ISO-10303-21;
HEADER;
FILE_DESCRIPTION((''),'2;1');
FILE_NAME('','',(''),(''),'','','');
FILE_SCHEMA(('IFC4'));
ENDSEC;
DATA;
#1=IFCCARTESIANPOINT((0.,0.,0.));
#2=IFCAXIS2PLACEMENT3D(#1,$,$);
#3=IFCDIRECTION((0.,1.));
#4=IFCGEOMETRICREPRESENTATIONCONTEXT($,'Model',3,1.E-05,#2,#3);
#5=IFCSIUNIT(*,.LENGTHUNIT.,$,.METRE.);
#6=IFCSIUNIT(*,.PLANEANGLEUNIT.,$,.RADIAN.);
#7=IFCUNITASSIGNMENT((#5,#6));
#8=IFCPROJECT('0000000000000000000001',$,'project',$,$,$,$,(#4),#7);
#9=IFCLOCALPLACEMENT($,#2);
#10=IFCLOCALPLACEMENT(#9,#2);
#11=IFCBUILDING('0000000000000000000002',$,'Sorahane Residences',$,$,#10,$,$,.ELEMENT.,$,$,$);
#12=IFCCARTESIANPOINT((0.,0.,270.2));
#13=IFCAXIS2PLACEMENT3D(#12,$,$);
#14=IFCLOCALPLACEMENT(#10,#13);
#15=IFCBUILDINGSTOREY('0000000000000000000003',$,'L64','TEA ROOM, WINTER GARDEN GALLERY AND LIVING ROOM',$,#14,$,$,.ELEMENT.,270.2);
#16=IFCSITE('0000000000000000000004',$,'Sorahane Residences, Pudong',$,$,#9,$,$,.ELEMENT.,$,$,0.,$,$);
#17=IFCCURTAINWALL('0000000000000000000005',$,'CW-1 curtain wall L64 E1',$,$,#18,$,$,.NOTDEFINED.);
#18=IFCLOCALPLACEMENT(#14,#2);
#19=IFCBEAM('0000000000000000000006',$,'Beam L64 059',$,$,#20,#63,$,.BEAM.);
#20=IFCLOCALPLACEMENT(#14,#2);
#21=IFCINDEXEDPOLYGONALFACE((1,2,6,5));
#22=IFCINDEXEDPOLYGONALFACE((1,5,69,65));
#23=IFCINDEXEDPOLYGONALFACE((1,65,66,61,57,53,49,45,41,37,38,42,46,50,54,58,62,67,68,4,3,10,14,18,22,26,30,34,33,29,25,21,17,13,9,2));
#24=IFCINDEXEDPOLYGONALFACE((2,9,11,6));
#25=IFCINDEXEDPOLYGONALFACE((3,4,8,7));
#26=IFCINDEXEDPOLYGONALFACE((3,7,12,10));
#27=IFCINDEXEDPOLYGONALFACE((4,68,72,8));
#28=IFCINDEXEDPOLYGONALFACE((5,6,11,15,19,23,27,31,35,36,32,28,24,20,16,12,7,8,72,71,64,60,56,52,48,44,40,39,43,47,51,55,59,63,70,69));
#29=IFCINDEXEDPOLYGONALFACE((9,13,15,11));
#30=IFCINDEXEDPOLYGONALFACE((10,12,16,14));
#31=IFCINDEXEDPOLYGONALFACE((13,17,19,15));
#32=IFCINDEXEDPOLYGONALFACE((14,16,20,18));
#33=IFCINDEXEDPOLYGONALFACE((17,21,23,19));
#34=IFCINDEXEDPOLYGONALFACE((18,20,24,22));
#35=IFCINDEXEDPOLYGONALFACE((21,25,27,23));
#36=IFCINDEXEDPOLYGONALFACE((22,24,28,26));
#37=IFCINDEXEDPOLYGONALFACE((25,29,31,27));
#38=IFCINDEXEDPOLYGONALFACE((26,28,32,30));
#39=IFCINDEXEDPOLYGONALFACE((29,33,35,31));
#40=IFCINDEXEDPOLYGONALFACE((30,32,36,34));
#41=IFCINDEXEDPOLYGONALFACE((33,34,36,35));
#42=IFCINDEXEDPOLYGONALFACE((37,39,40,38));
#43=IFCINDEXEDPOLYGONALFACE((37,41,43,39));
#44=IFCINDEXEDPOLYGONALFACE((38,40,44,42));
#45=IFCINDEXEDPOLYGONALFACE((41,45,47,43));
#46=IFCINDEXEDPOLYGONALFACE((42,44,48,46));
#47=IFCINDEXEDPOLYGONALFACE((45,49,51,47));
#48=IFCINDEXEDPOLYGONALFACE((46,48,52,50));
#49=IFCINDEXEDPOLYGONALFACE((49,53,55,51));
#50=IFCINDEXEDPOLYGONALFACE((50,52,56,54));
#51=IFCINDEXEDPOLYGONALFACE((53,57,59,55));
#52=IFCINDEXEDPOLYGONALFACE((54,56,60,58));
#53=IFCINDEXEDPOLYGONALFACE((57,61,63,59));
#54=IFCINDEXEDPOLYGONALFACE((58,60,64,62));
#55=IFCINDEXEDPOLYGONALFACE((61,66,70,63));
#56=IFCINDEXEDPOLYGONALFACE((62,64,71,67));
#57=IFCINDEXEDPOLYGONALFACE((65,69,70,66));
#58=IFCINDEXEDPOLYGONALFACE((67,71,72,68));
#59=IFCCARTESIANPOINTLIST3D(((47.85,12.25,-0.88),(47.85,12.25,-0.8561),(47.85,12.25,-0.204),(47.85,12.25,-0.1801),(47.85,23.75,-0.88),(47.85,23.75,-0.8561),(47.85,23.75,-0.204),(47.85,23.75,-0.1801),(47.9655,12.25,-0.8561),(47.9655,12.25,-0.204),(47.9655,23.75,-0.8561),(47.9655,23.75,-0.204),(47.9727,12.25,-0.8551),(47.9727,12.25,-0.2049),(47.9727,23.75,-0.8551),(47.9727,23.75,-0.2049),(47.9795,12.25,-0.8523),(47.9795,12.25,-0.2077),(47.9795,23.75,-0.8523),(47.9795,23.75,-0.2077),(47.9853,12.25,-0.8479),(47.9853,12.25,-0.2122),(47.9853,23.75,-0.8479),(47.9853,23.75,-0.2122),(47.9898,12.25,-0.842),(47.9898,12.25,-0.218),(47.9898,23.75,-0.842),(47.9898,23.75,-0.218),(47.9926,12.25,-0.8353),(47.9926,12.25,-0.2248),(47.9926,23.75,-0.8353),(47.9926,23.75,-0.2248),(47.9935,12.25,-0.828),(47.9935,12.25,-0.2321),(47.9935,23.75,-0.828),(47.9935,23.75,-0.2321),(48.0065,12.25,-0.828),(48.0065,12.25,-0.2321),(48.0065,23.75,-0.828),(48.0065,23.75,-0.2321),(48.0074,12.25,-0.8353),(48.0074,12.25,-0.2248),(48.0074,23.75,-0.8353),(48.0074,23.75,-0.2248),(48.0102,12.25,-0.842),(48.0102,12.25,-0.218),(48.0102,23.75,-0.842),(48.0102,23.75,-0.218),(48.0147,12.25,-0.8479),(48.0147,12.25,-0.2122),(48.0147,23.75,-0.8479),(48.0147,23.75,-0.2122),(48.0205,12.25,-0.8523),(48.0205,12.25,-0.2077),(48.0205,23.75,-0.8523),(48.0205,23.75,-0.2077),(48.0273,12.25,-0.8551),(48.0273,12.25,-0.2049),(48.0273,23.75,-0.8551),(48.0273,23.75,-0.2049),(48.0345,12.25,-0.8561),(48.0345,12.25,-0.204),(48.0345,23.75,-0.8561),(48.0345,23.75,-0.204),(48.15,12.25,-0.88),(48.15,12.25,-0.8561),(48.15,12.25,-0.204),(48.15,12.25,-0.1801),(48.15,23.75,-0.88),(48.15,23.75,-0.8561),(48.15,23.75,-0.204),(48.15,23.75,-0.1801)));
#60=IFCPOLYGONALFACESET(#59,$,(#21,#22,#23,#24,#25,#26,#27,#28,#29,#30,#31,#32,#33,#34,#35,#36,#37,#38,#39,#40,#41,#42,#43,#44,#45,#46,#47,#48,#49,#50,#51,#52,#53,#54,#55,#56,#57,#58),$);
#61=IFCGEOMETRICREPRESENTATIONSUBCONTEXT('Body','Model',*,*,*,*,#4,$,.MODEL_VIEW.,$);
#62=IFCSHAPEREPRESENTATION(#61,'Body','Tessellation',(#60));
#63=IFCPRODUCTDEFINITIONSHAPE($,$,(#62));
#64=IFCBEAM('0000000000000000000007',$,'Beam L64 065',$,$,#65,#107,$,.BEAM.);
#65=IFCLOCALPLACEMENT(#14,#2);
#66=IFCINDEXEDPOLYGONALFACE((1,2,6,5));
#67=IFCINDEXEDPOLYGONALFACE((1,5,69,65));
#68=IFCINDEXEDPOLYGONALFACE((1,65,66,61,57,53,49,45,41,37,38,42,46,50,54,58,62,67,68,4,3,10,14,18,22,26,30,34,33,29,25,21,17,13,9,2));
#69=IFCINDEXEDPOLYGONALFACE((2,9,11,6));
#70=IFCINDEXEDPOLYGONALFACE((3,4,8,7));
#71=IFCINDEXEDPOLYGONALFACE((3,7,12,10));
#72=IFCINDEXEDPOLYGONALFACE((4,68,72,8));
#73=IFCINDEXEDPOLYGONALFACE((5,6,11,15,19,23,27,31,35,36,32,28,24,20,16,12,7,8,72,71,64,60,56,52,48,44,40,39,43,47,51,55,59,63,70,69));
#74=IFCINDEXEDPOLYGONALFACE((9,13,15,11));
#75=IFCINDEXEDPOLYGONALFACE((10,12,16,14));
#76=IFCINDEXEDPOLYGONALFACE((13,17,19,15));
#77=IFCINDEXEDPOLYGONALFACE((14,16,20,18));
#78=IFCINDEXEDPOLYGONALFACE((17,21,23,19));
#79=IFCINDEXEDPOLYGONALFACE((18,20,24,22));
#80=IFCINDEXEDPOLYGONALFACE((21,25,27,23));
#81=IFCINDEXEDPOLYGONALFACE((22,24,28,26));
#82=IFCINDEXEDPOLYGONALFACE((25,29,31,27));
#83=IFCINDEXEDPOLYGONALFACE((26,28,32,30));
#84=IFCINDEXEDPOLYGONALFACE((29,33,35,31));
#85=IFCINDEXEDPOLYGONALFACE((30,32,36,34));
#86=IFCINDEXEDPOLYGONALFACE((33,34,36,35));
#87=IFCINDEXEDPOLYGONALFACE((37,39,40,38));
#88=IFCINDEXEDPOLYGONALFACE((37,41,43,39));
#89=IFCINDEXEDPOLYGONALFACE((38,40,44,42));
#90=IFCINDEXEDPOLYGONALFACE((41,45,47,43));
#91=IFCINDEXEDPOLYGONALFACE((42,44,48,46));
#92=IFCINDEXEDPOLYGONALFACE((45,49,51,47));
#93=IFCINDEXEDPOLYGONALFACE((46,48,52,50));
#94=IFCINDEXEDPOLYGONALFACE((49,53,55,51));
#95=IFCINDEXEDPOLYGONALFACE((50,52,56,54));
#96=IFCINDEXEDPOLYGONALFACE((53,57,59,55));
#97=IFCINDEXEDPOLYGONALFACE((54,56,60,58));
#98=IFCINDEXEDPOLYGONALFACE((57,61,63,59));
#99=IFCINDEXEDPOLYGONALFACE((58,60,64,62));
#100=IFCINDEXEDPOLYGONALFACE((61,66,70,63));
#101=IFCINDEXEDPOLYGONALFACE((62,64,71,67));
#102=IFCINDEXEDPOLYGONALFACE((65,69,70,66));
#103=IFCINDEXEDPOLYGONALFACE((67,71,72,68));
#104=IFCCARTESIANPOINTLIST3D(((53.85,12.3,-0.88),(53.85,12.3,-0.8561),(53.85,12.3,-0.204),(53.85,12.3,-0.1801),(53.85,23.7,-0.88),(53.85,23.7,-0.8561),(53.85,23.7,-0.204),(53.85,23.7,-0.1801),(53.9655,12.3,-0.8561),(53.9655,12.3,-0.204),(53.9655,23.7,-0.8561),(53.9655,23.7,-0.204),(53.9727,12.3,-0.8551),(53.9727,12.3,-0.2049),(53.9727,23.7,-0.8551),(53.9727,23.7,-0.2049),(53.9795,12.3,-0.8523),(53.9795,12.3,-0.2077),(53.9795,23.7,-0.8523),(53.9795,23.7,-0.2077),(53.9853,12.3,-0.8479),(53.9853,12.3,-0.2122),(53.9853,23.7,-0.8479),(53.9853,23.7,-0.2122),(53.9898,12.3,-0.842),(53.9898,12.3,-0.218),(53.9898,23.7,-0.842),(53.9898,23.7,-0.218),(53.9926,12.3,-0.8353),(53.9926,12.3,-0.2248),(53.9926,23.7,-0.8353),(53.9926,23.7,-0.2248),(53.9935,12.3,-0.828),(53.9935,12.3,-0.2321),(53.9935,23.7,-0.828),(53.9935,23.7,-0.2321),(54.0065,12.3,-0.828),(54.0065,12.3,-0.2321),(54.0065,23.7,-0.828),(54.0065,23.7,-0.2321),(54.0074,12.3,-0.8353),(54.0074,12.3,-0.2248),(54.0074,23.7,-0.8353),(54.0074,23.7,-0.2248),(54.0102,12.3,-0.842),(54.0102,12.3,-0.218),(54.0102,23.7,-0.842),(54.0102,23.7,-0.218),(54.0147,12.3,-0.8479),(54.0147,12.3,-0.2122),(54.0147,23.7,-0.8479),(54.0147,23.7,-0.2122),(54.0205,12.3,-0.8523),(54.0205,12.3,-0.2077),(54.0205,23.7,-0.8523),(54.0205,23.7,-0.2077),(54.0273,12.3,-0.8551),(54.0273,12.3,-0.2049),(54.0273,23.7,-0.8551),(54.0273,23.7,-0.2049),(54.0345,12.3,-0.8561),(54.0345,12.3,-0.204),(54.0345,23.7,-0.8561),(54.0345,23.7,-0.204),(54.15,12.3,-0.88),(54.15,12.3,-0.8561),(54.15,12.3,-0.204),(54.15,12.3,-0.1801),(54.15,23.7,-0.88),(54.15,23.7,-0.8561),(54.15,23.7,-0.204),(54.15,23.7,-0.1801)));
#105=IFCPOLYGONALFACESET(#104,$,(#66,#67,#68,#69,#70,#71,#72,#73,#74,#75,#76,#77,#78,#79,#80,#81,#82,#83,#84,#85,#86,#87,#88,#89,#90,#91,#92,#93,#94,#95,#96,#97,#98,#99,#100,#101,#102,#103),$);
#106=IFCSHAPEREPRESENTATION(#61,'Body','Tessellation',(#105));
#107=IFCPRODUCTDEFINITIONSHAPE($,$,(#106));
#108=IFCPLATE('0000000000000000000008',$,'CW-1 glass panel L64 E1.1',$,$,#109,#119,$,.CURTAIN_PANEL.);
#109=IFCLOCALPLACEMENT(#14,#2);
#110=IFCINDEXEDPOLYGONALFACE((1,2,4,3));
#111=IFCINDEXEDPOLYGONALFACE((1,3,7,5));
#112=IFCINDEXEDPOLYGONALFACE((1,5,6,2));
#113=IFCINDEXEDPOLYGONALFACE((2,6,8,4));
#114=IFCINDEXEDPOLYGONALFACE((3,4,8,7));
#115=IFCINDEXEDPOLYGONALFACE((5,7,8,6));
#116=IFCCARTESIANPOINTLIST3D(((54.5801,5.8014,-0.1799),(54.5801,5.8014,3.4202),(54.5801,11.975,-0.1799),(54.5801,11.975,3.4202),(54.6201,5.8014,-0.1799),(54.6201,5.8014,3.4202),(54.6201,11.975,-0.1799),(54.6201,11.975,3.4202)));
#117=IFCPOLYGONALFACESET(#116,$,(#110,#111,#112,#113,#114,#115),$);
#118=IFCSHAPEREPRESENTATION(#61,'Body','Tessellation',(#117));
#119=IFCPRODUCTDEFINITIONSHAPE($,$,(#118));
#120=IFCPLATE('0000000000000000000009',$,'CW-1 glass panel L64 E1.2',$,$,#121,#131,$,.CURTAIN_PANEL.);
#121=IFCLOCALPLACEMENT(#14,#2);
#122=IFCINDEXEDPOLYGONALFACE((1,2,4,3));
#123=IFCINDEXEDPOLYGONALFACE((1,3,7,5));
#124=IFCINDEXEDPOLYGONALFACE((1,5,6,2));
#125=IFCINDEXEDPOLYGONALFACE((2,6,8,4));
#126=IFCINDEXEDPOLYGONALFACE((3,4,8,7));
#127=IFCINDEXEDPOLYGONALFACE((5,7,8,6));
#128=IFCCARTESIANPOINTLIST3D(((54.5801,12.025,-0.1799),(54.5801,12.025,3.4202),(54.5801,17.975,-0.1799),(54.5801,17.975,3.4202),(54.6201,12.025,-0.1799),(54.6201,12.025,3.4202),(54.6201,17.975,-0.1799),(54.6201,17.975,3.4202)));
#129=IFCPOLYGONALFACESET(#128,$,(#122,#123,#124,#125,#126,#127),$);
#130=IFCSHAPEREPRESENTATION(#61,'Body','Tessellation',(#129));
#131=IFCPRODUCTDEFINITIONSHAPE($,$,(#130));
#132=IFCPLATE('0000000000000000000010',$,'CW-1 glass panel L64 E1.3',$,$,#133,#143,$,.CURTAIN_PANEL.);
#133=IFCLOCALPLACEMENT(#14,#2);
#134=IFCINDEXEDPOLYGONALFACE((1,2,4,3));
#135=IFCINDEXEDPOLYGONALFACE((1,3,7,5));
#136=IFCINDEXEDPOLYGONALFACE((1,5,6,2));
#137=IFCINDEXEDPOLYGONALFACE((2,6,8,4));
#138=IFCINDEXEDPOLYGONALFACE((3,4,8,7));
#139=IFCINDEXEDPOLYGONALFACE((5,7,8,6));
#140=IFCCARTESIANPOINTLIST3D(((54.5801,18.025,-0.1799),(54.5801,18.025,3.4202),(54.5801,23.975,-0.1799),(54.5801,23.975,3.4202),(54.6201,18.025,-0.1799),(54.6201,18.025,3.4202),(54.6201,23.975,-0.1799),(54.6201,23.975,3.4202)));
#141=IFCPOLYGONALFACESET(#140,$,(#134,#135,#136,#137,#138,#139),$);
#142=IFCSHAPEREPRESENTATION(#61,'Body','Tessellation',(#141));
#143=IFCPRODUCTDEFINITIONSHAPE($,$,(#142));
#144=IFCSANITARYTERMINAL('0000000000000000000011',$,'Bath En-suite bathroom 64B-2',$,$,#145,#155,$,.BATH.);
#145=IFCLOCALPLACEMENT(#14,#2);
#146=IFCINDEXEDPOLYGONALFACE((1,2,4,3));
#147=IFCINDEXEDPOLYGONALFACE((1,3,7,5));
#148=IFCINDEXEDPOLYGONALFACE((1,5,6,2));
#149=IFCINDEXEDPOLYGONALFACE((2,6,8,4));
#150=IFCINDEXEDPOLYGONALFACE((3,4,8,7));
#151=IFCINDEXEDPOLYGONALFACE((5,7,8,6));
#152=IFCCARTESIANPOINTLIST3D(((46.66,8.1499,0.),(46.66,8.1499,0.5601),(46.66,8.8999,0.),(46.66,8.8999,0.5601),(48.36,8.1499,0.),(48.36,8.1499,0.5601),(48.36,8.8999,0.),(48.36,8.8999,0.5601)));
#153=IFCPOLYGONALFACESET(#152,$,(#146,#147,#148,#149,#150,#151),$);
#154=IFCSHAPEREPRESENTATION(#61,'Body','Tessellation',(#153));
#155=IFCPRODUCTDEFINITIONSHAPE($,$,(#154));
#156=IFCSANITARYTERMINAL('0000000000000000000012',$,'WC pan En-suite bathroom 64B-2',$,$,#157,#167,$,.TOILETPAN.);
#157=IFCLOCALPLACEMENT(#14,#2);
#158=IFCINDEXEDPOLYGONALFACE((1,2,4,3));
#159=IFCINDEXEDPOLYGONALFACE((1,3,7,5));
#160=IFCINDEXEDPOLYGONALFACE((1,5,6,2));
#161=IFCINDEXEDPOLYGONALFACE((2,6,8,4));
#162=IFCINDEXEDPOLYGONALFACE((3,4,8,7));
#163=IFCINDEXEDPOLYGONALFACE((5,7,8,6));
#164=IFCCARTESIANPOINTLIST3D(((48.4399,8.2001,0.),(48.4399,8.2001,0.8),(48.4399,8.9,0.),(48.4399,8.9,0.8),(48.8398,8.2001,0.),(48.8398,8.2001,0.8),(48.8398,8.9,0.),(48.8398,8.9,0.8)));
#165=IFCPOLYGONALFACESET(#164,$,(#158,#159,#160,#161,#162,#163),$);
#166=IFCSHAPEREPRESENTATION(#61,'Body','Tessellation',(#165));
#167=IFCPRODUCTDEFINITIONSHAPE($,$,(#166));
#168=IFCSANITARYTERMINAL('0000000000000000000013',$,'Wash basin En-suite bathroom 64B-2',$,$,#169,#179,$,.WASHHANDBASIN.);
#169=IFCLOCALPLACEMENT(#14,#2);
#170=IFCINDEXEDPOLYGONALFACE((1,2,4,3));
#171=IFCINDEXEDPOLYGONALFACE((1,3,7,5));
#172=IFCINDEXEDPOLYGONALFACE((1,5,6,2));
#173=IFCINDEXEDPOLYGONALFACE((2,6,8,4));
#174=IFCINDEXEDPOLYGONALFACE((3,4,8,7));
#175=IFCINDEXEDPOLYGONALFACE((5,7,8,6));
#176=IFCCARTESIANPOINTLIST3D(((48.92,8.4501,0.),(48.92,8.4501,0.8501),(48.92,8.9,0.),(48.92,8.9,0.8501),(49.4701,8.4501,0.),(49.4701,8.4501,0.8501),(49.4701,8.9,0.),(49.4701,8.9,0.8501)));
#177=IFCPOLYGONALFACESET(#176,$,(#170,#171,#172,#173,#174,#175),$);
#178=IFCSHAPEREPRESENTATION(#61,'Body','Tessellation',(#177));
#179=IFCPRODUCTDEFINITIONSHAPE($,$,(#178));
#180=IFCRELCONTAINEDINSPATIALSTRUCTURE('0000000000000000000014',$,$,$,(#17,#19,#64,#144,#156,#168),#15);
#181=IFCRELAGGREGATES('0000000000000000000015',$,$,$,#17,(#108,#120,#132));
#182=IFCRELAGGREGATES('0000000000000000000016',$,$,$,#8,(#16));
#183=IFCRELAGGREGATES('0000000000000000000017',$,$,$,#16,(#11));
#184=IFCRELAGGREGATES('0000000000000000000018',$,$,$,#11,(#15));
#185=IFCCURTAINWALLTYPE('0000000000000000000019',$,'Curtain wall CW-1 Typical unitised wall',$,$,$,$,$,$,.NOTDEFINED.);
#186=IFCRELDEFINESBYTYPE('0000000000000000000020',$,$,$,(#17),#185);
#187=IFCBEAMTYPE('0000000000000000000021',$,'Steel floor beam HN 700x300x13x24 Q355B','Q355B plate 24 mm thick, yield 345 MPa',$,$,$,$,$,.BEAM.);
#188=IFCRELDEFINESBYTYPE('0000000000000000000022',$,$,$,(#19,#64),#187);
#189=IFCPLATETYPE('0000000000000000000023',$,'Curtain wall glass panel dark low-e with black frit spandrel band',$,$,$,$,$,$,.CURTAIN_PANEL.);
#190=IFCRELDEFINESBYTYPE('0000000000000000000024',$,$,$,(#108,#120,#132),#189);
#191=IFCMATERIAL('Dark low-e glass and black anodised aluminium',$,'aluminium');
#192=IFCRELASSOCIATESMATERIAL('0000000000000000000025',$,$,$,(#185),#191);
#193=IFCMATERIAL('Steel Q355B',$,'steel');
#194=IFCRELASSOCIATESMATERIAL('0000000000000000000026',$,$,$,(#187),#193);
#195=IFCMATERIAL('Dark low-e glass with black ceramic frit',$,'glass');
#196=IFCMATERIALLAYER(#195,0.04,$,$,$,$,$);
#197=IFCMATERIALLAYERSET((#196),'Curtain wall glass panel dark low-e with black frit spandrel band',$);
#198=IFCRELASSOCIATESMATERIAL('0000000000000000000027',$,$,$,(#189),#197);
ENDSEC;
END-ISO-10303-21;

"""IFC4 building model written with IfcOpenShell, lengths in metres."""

from ifc_helpers import new_model, si_unit, direction, frame, origin, origin_2d, place, context, subcontext, project, spatial, rectangle, i_section, extrude, material, layer, layer_set, material_profile, profile_set, type_object, element, aggregate, save


model = new_model("IFC4")

# Units and contexts
model_context = context("Model", 3, precision=1e-05, world=origin(), true_north=direction((0.0, 1.0)))
body_context = subcontext(model_context, "Body", "Model", "MODEL_VIEW")
ifc_project = project(units=[si_unit("LENGTHUNIT", "METRE"), si_unit("PLANEANGLEUNIT", "RADIAN")], contexts=[model_context])

# Site, building, storey
site_placement = place(None, origin())
site = spatial("IfcSite", under=ifc_project, at=site_placement, Name="Sorahane Residences, Pudong", CompositionType="ELEMENT", RefElevation=0.0)
building_placement = place(site_placement, origin())
building = spatial("IfcBuilding", under=site, at=building_placement, Name="Sorahane Residences", CompositionType="ELEMENT")
storey_placement = place(building_placement, frame((0.0, 0.0, 270.2)))
storey = spatial("IfcBuildingStorey", under=building, at=storey_placement, Name="L64", Description="TEA ROOM, WINTER GARDEN GALLERY AND LIVING ROOM", CompositionType="ELEMENT", Elevation=270.2)

# Curtain wall
ifc_material_1 = material(Name="Dark low-e glass and black anodised aluminium", Category="aluminium")
curtain_wall_type = type_object("IfcCurtainWallType", Name="Curtain wall CW-1 Typical unitised wall", PredefinedType="NOTDEFINED", material=ifc_material_1)
curtain_wall_placement = place(storey_placement, origin())
curtain_wall = element("IfcCurtainWall", 1, at=curtain_wall_placement, inside=storey, type_object=curtain_wall_type, Name="CW-1 curtain wall L64 E1", PredefinedType="NOTDEFINED")

# Beams
ifc_material_2 = material(Name="Steel Q355B", Category="steel")
ifc_material_profile_1 = material_profile(ifc_material_2, i_section(OverallWidth=0.3, OverallDepth=0.7, WebThickness=0.0129, FlangeThickness=0.0239, FilletRadius=0.0281, at=origin_2d()), Name="HN 700x300x13x24")
ifc_profile_set_1 = profile_set([ifc_material_profile_1], Name="Steel Q355B")
beam_type_1 = type_object("IfcBeamType", Name="Steel floor beam HN 700x300x13x24 Q355B", Description="Q355B plate 24 mm thick, yield 345 MPa", PredefinedType="BEAM", material=ifc_profile_set_1)
beam_1_placement = place(storey_placement, frame((48.0, 12.25, -0.53), z_axis=(0.0, 1.0, 0.0), x_axis=(-1.0, 0.0, 0.0)))
element("IfcBeam", 2, at=beam_1_placement, inside=storey, type_object=beam_type_1, Name="Beam L64 059", PredefinedType="BEAM", context=body_context, shape_type="SweptSolid", body=[
    extrude(i_section(OverallWidth=0.3, OverallDepth=0.7, WebThickness=0.0129, FlangeThickness=0.0239, FilletRadius=0.0281, at=origin_2d()), origin(), (0.0, 0.0, 1.0), 11.5),
])
beam_2_placement = place(storey_placement, frame((54.0, 12.3, -0.53), z_axis=(0.0, 1.0, 0.0), x_axis=(-1.0, 0.0, 0.0)))
element("IfcBeam", 3, at=beam_2_placement, inside=storey, type_object=beam_type_1, Name="Beam L64 065", PredefinedType="BEAM", context=body_context, shape_type="SweptSolid", body=[
    extrude(i_section(OverallWidth=0.3, OverallDepth=0.7, WebThickness=0.0129, FlangeThickness=0.0239, FilletRadius=0.0281, at=origin_2d()), origin(), (0.0, 0.0, 1.0), 11.3999),
])

# Plates
ifc_material_3 = material(Name="Dark low-e glass with black ceramic frit", Category="glass")
ifc_layer = layer(ifc_material_3, 0.04)
ifc_layer_set = layer_set([ifc_layer], Name="Curtain wall glass panel dark low-e with black frit spandrel band")
plate_type = type_object("IfcPlateType", Name="Curtain wall glass panel dark low-e with black frit spandrel band", PredefinedType="CURTAIN_PANEL", material=ifc_layer_set)
plate_1_placement = place(storey_placement, frame((54.6001, 8.8882, -0.1799), z_axis=(0.0, 0.0, 1.0), x_axis=(0.0, 1.0, 0.0)))
plate_1 = element("IfcPlate", 4, at=plate_1_placement, type_object=plate_type, Name="CW-1 glass panel L64 E1.1", PredefinedType="CURTAIN_PANEL", context=body_context, shape_type="SweptSolid", body=[
    extrude(rectangle(XDim=6.1736, YDim=0.04, at=origin_2d()), origin(), (0.0, 0.0, 1.0), 3.6001),
])
plate_2_placement = place(storey_placement, frame((54.6001, 15.0, -0.1799), z_axis=(0.0, 0.0, 1.0), x_axis=(0.0, 1.0, 0.0)))
plate_2 = element("IfcPlate", 5, at=plate_2_placement, type_object=plate_type, Name="CW-1 glass panel L64 E1.2", PredefinedType="CURTAIN_PANEL", context=body_context, shape_type="SweptSolid", body=[
    extrude(rectangle(XDim=5.95, YDim=0.04, at=origin_2d()), origin(), (0.0, 0.0, 1.0), 3.6001),
])
plate_3_placement = place(storey_placement, frame((54.6001, 21.0, -0.1799), z_axis=(0.0, 0.0, 1.0), x_axis=(0.0, 1.0, 0.0)))
plate_3 = element("IfcPlate", 6, at=plate_3_placement, type_object=plate_type, Name="CW-1 glass panel L64 E1.3", PredefinedType="CURTAIN_PANEL", context=body_context, shape_type="SweptSolid", body=[
    extrude(rectangle(XDim=5.95, YDim=0.04, at=origin_2d()), origin(), (0.0, 0.0, 1.0), 3.6001),
])
aggregate(curtain_wall, [plate_1, plate_2, plate_3])

# Sanitary terminals
sanitary_terminal_1_placement = place(storey_placement, frame((47.51, 8.5249, 0.0), z_axis=(0.0, 0.0, 1.0), x_axis=(1.0, 0.0, 0.0)))
element("IfcSanitaryTerminal", 7, at=sanitary_terminal_1_placement, inside=storey, Name="Bath En-suite bathroom 64B-2", PredefinedType="BATH", context=body_context, shape_type="SweptSolid", body=[
    extrude(rectangle(XDim=1.7, YDim=0.75, at=origin_2d()), origin(), (0.0, 0.0, 1.0), 0.5601),
])
sanitary_terminal_2_placement = place(storey_placement, frame((48.6399, 8.55, 0.0), z_axis=(0.0, 0.0, 1.0), x_axis=(1.0, 0.0, 0.0)))
element("IfcSanitaryTerminal", 8, at=sanitary_terminal_2_placement, inside=storey, Name="WC pan En-suite bathroom 64B-2", PredefinedType="TOILETPAN", context=body_context, shape_type="SweptSolid", body=[
    extrude(rectangle(XDim=0.3999, YDim=0.7, at=origin_2d()), origin(), (0.0, 0.0, 1.0), 0.8),
])
sanitary_terminal_3_placement = place(storey_placement, frame((49.1951, 8.675, 0.0), z_axis=(0.0, 0.0, 1.0), x_axis=(1.0, 0.0, 0.0)))
element("IfcSanitaryTerminal", 9, at=sanitary_terminal_3_placement, inside=storey, Name="Wash basin En-suite bathroom 64B-2", PredefinedType="WASHHANDBASIN", context=body_context, shape_type="SweptSolid", body=[
    extrude(rectangle(XDim=0.55, YDim=0.45, at=origin_2d()), origin(), (0.0, 0.0, 1.0), 0.8501),
])

save(model, "model.ifc")
